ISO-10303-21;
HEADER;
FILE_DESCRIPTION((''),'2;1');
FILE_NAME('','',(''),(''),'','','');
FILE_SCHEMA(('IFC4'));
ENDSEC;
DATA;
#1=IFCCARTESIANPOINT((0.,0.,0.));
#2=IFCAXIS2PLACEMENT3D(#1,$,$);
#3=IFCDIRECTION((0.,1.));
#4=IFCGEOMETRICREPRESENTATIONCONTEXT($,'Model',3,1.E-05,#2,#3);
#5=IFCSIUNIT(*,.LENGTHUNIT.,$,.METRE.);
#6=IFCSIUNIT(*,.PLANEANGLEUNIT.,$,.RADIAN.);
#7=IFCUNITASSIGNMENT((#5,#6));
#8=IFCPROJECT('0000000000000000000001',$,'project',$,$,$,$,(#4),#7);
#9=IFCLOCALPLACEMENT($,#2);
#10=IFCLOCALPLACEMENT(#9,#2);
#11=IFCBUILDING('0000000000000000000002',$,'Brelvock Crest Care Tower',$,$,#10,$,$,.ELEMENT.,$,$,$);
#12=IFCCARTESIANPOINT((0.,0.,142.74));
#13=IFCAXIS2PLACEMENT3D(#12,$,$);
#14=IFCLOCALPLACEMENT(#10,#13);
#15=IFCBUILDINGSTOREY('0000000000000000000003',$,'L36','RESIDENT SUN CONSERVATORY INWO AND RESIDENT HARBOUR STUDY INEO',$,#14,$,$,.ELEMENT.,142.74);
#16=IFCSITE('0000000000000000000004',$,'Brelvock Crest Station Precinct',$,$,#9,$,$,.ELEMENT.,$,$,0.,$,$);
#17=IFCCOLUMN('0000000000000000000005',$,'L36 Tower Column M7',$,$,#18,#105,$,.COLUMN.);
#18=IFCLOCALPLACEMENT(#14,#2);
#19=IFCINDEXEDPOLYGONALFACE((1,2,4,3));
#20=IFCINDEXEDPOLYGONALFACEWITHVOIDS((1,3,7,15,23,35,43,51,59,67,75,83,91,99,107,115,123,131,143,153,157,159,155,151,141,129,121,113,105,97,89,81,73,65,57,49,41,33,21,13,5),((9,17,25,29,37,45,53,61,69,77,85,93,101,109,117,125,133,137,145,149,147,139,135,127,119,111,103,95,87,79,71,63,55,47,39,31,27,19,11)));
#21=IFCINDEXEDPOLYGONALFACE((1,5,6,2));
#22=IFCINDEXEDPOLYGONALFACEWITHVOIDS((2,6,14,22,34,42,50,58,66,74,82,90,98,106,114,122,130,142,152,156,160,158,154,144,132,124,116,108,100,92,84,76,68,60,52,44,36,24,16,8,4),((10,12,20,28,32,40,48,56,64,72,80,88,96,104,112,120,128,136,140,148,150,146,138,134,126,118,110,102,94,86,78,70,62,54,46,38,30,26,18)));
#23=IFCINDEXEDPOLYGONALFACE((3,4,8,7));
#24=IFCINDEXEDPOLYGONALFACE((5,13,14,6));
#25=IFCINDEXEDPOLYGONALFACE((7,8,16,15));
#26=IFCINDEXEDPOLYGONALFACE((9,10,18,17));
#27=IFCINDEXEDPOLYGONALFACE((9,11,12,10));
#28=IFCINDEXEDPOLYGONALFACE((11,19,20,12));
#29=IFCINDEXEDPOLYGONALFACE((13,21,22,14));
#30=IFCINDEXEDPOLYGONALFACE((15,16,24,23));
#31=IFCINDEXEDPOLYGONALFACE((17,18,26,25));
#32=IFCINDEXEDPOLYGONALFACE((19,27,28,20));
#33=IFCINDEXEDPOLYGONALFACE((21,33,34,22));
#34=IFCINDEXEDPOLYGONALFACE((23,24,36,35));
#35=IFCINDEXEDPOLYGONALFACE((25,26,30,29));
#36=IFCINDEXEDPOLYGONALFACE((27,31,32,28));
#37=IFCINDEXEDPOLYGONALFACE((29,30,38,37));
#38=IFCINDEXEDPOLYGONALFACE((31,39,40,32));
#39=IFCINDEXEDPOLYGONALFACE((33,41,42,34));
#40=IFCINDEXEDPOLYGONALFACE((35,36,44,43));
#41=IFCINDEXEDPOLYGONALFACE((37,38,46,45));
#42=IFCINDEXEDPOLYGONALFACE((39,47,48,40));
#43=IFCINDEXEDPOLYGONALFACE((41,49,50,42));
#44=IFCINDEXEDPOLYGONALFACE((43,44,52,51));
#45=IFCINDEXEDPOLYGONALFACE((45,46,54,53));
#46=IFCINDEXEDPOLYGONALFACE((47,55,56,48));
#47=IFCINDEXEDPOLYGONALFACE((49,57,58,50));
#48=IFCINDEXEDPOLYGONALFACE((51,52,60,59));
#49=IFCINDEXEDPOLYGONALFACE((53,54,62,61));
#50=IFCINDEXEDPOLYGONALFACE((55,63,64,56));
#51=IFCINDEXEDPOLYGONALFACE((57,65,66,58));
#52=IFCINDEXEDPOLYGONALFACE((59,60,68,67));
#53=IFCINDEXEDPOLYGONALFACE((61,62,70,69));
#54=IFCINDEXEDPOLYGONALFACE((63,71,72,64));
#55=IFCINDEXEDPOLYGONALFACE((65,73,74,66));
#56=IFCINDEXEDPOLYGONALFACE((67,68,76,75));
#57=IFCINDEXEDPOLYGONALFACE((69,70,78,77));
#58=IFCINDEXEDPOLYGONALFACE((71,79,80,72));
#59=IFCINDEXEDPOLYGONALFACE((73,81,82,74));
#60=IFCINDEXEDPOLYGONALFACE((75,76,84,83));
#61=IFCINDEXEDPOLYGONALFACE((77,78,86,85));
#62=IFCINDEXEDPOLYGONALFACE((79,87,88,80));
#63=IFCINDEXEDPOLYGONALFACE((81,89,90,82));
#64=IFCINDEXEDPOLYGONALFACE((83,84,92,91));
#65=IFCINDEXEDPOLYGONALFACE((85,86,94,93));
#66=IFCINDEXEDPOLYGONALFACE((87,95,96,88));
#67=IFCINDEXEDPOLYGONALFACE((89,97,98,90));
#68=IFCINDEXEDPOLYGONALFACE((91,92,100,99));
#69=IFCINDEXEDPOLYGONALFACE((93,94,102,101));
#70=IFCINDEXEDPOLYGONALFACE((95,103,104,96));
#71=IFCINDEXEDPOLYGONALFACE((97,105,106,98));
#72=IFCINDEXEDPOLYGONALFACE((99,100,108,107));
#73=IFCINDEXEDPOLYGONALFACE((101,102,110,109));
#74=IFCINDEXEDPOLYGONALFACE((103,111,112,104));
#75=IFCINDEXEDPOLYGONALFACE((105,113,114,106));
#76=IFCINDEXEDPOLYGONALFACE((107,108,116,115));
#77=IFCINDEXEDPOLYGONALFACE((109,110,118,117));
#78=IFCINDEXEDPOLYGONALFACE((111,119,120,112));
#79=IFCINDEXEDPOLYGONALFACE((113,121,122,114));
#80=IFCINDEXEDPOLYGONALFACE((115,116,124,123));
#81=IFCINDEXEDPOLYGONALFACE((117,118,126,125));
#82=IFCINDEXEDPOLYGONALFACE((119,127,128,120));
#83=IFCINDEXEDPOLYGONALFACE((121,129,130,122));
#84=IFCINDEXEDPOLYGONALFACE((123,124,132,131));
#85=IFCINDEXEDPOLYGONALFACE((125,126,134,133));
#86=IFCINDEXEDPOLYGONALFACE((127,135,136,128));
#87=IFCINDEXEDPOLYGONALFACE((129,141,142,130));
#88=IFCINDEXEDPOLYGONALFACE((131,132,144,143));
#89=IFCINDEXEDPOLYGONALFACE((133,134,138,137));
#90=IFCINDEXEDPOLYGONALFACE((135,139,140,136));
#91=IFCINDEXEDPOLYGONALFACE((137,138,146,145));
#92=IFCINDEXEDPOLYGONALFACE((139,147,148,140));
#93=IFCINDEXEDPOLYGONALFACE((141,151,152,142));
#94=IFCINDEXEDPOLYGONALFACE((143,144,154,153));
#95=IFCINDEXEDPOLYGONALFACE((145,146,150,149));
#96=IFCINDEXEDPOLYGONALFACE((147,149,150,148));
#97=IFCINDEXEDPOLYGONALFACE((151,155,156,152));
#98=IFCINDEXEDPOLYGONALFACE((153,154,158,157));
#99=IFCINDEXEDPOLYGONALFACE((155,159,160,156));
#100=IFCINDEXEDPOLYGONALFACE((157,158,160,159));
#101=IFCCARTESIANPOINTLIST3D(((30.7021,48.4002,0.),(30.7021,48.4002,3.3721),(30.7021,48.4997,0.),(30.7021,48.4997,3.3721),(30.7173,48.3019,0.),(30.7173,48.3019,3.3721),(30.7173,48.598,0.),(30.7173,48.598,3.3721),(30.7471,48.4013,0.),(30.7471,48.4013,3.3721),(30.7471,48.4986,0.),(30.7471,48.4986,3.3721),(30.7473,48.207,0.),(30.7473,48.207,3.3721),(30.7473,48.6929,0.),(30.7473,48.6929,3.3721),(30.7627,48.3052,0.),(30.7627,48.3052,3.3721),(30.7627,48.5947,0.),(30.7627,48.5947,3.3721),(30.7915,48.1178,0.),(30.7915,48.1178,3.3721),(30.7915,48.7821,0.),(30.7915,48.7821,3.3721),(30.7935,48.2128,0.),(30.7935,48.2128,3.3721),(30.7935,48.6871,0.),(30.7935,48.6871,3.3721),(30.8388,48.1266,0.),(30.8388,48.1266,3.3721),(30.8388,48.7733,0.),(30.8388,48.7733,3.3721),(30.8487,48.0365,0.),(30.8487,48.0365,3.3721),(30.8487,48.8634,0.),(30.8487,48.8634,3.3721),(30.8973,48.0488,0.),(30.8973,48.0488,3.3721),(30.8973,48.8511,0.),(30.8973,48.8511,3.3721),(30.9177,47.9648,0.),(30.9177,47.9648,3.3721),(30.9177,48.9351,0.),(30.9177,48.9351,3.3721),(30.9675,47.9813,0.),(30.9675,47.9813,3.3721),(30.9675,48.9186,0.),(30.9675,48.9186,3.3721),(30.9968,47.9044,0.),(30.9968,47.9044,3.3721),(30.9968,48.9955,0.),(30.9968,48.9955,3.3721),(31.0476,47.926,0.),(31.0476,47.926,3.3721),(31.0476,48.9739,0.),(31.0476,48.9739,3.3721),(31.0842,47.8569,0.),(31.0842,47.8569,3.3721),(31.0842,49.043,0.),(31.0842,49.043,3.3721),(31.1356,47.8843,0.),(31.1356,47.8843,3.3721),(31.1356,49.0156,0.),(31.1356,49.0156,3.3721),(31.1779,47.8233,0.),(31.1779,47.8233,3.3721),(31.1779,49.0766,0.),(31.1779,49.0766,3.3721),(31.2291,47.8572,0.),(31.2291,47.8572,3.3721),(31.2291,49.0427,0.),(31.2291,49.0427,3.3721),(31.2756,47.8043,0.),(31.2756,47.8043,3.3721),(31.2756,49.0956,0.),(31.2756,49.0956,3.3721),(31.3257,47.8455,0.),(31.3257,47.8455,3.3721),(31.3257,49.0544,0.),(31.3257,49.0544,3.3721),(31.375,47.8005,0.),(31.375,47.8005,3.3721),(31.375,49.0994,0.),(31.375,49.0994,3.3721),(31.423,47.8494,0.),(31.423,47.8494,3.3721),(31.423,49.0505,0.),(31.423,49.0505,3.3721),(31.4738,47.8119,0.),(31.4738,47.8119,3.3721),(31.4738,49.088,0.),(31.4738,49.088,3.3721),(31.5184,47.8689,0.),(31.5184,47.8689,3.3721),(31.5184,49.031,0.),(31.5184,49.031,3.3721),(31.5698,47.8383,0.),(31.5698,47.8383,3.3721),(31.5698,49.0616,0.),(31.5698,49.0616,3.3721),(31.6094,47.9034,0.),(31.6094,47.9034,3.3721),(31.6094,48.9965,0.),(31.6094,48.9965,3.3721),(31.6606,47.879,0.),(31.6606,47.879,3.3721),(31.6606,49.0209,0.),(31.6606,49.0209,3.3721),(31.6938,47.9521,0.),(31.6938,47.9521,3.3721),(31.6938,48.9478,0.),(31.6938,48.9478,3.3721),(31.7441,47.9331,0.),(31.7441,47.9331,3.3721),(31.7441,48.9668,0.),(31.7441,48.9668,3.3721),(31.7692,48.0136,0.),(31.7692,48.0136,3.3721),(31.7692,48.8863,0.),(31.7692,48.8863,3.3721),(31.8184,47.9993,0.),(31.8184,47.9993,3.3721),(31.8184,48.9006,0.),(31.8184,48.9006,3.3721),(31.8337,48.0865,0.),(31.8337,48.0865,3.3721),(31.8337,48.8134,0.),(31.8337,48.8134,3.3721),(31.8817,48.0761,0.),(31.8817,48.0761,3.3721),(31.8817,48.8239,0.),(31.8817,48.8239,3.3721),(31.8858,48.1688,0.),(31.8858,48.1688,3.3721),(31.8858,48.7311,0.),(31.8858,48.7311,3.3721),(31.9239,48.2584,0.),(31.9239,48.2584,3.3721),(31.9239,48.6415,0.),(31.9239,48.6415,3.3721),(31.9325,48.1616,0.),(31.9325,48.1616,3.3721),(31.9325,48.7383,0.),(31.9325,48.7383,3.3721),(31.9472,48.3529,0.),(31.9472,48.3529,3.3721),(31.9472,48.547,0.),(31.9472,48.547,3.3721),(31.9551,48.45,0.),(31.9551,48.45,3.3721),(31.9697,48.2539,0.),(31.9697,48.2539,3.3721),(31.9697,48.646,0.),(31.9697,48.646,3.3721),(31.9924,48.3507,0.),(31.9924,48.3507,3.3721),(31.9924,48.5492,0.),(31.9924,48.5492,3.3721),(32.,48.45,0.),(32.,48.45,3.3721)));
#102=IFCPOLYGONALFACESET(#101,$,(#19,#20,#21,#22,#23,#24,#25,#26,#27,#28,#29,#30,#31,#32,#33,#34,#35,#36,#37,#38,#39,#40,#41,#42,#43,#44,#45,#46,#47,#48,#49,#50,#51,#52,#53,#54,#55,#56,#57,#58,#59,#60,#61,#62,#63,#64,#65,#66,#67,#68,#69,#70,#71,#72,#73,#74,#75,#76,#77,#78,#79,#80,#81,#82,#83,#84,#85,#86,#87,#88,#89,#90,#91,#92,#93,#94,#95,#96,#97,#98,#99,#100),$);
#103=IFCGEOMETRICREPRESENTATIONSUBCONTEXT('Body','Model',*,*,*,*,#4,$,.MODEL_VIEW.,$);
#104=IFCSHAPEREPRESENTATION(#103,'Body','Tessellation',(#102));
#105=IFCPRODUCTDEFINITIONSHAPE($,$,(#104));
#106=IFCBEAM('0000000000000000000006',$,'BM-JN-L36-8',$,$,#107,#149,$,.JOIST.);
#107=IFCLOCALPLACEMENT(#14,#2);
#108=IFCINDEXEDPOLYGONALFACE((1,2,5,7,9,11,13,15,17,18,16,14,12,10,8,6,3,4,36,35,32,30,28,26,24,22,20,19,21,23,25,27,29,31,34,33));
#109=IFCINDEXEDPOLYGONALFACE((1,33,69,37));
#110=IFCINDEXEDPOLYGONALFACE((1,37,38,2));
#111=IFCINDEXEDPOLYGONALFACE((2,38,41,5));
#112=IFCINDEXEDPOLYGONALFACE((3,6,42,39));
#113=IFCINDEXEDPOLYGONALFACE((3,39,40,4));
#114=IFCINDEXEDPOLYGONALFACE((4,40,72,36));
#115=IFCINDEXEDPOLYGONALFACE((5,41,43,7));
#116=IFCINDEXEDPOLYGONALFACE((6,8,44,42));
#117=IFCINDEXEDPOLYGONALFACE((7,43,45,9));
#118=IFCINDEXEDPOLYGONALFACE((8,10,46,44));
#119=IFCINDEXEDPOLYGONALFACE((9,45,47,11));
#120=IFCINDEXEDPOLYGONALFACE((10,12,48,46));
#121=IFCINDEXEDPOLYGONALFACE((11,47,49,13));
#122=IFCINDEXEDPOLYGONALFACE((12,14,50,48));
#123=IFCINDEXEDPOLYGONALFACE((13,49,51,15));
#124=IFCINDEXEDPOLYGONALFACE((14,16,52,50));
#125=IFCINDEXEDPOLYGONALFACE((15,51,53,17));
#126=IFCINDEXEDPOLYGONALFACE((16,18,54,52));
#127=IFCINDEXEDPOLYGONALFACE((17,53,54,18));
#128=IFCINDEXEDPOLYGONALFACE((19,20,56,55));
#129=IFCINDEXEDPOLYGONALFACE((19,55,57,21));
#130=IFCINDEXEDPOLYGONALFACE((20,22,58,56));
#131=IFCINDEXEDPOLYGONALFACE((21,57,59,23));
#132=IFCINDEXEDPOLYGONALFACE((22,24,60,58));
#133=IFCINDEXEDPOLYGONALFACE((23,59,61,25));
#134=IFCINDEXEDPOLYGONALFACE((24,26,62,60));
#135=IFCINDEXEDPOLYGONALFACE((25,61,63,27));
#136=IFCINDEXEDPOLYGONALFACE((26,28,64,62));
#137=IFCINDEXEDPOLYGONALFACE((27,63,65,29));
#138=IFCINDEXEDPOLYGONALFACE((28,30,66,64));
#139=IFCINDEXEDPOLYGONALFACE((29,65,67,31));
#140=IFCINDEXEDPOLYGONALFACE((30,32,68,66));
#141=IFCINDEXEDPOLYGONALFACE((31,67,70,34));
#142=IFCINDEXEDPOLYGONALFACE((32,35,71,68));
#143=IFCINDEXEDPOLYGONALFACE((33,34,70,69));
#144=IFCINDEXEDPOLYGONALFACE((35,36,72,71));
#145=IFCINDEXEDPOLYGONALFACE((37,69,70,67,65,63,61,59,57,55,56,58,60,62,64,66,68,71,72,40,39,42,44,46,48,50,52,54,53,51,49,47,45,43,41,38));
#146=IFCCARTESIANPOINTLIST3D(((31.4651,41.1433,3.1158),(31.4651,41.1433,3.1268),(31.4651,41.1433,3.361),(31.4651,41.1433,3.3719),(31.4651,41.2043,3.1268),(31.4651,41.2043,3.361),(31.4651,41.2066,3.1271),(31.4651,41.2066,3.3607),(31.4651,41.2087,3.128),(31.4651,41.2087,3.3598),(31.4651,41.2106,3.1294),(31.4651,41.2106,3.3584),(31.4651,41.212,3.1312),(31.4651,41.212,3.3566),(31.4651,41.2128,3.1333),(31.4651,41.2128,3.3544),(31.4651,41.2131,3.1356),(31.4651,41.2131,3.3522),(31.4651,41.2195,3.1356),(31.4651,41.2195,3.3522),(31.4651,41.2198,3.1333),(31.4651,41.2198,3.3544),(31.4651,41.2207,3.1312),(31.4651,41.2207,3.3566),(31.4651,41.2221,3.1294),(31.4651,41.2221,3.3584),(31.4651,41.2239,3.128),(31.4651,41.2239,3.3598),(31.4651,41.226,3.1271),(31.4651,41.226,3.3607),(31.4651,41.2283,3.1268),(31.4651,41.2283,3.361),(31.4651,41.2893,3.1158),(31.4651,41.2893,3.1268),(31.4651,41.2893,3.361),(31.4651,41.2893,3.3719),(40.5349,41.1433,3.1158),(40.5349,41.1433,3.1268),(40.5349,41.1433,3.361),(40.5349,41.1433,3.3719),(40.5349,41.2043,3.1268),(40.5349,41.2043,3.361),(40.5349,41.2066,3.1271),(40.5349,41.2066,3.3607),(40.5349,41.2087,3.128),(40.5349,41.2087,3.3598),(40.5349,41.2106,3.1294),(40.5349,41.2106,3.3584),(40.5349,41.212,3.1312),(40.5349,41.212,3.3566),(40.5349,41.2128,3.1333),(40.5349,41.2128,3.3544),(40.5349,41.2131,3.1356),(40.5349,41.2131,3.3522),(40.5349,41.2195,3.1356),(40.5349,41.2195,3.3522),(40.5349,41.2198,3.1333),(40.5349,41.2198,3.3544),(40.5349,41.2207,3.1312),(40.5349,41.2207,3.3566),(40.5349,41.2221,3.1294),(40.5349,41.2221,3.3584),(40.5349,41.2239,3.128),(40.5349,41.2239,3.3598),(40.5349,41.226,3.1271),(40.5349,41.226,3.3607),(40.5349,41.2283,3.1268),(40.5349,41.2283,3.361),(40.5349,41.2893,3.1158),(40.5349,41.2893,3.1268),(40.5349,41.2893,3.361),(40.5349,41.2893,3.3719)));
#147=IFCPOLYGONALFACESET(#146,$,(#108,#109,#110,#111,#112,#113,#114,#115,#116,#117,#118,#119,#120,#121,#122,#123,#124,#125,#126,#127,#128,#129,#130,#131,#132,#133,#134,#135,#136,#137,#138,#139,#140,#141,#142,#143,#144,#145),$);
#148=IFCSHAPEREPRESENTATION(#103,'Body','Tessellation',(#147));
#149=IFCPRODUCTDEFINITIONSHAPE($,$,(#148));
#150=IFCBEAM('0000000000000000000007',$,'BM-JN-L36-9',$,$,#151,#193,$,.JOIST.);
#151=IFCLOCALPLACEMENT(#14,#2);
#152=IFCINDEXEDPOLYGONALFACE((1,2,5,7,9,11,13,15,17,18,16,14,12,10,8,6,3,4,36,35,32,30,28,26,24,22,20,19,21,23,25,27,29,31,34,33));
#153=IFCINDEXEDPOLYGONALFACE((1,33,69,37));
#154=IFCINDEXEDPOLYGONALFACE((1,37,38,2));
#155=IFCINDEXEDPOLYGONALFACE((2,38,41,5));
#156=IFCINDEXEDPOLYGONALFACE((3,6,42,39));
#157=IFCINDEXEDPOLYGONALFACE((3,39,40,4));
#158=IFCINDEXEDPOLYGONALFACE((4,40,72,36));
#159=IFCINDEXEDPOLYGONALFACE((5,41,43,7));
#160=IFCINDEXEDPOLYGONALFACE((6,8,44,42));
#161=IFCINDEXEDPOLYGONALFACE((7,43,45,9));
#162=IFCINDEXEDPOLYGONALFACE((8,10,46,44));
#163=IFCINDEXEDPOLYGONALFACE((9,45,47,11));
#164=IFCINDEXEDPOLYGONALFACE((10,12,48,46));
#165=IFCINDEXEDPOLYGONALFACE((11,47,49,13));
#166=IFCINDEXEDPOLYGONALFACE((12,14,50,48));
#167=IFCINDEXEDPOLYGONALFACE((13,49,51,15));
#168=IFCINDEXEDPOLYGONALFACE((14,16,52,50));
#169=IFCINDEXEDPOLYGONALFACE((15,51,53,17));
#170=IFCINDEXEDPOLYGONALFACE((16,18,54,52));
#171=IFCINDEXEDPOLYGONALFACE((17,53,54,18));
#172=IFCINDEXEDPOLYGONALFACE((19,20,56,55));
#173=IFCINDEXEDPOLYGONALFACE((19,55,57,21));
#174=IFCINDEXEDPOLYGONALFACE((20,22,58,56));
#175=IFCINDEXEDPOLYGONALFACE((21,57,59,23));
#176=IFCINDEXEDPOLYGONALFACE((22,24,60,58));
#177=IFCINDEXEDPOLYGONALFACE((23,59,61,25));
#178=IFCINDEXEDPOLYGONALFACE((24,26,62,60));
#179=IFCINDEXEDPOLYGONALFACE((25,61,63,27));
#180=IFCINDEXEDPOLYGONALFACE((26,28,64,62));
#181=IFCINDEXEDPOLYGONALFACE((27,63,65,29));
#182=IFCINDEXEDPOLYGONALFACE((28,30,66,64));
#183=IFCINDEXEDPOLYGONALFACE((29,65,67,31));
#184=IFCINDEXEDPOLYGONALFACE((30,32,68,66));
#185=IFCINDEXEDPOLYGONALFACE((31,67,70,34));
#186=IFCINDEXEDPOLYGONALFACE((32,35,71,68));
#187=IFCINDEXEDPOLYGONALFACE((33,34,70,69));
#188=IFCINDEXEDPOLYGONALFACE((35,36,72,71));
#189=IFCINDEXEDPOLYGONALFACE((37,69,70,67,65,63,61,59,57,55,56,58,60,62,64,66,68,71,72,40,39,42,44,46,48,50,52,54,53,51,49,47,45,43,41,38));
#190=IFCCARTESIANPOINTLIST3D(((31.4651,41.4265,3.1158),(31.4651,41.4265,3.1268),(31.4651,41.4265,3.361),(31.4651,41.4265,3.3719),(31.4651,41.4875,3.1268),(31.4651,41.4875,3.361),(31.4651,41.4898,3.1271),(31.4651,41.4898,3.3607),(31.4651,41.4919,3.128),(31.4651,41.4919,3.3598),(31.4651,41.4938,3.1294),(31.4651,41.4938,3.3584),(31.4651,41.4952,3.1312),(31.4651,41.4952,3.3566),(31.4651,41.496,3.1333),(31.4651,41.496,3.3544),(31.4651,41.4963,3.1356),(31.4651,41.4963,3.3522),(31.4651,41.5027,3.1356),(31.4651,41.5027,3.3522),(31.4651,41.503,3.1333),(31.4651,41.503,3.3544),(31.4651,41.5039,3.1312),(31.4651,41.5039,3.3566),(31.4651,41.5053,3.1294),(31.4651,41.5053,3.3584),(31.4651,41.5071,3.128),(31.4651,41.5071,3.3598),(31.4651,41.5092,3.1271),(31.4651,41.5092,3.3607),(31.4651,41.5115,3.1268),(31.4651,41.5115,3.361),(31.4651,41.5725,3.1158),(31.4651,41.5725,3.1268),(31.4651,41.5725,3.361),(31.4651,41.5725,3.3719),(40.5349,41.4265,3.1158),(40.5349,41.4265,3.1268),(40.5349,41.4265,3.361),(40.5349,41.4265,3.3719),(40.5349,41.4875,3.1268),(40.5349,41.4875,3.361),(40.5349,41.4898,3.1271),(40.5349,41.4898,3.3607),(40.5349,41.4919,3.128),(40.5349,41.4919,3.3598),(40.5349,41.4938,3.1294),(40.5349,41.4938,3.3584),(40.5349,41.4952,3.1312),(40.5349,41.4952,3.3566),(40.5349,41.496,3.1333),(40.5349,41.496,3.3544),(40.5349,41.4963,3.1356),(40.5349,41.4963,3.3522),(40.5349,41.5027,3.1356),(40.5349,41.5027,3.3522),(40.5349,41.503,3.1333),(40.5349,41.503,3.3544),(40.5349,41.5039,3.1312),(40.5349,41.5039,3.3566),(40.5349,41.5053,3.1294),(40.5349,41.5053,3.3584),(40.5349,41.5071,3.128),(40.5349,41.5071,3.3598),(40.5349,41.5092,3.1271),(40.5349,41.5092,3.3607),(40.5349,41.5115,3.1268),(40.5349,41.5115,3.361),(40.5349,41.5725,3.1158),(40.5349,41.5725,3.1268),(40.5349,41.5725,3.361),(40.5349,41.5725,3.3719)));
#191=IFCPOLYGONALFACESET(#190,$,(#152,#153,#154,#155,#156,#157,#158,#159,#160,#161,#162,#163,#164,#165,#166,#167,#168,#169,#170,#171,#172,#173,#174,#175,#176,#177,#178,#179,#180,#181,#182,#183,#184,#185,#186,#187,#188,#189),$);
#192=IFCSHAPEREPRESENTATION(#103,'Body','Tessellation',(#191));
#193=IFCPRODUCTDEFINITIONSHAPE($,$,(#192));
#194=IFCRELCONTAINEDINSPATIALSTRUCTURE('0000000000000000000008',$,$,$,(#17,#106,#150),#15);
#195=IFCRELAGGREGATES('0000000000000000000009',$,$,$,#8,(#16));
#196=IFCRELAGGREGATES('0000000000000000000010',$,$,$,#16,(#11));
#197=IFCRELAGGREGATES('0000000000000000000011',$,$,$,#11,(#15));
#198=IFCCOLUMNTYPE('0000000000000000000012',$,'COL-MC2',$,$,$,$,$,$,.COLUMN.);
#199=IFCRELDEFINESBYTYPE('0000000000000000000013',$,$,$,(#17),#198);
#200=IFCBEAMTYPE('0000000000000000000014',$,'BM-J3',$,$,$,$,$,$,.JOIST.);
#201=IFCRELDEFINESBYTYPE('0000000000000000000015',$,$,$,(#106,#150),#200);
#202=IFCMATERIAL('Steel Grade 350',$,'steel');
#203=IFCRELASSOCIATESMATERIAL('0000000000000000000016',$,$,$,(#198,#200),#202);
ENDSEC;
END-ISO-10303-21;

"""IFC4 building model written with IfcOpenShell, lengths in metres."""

from ifc_helpers import new_model, si_unit, direction, frame, origin, origin_2d, place, context, subcontext, project, spatial, hollow_circle, i_section, extrude, source, transform, mapped, material, material_profile, profile_set, type_object, element, save


model = new_model("IFC4")

# Units and contexts
model_context = context("Model", 3, precision=1e-05, world=origin(), true_north=direction((0.0, 1.0)))
body_context = subcontext(model_context, "Body", "Model", "MODEL_VIEW")
ifc_project = project(units=[si_unit("LENGTHUNIT", "METRE"), si_unit("PLANEANGLEUNIT", "RADIAN")], contexts=[model_context])

# Site, building, storey
site_placement = place(None, origin())
site = spatial("IfcSite", under=ifc_project, at=site_placement, Name="Brelvock Crest Station Precinct", CompositionType="ELEMENT", RefElevation=0.0)
building_placement = place(site_placement, origin())
building = spatial("IfcBuilding", under=site, at=building_placement, Name="Brelvock Crest Care Tower", CompositionType="ELEMENT")
storey_placement = place(building_placement, frame((0.0, 0.0, 142.74)))
storey = spatial("IfcBuildingStorey", under=building, at=storey_placement, Name="L36", Description="RESIDENT SUN CONSERVATORY INWO AND RESIDENT HARBOUR STUDY INEO", CompositionType="ELEMENT", Elevation=142.74)

# Column
ifc_material_1 = material(Name="Steel Grade 350", Category="steel")
ifc_material_profile_1 = material_profile(ifc_material_1, hollow_circle(Radius=0.6499, WallThickness=0.0449, at=origin_2d()), Name="CFT1300x45")
ifc_profile_set_1 = profile_set([ifc_material_profile_1], Name="Steel Grade 350")
column_type = type_object("IfcColumnType", Name="COL-MC2", PredefinedType="COLUMN", material=ifc_profile_set_1)
shared_shape_1 = source(origin(), body_context, "Body", "SweptSolid", [
    extrude(hollow_circle(Radius=0.6499, WallThickness=0.0449, at=origin_2d()), origin(), (0.0, 0.0, 1.0), 3.3721),
])
column_placement = place(storey_placement, frame((31.3501, 48.45, 0.0), z_axis=(0.0, 0.0, 1.0), x_axis=(1.0, 0.0, 0.0)))
element("IfcColumn", 1, at=column_placement, inside=storey, type_object=column_type, Name="L36 Tower Column M7", PredefinedType="COLUMN", context=body_context, shape_type="MappedRepresentation", body=[
    mapped(shared_shape_1, transform((0.0, 0.0, 0.0), x_axis=(1.0, 0.0, 0.0), y_axis=(0.0, 1.0, 0.0), z_axis=(0.0, 0.0, 1.0), scale=1.0)),
])

# Beams
ifc_material_profile_2 = material_profile(ifc_material_1, i_section(OverallWidth=0.146, OverallDepth=0.2561, WebThickness=0.0063, FlangeThickness=0.011, FilletRadius=0.0088, at=origin_2d()), Name="250UB37.3")
ifc_profile_set_2 = profile_set([ifc_material_profile_2], Name="Steel Grade 350")
beam_type_1 = type_object("IfcBeamType", Name="BM-J3", PredefinedType="JOIST", material=ifc_profile_set_2)
shared_shape_2 = source(origin(), body_context, "Body", "SweptSolid", [
    extrude(i_section(OverallWidth=0.146, OverallDepth=0.2561, WebThickness=0.0063, FlangeThickness=0.011, FilletRadius=0.0088, at=origin_2d()), origin(), (0.0, 0.0, 1.0), 9.0698),
])
for number, where, z_axis, x_axis, name in (
    (2, (31.4651, 41.2163, 3.2439), (1.0, 0.0, 0.0), (0.0, 1.0, 0.0), "BM-JN-L36-8"),
    (3, (31.4651, 41.4995, 3.2439), (1.0, 0.0, 0.0), (0.0, 1.0, 0.0), "BM-JN-L36-9"),
):
    element("IfcBeam", number, at=place(storey_placement, frame(where, z_axis=z_axis, x_axis=x_axis)), inside=storey, type_object=beam_type_1, Name=name, PredefinedType="JOIST", context=body_context, shape_type="MappedRepresentation", body=[
        mapped(shared_shape_2, transform((0.0, 0.0, 0.0), x_axis=(1.0, 0.0, 0.0), y_axis=(0.0, 1.0, 0.0), z_axis=(0.0, 0.0, 1.0), scale=1.0)),
    ])

save(model, "model.ifc")
